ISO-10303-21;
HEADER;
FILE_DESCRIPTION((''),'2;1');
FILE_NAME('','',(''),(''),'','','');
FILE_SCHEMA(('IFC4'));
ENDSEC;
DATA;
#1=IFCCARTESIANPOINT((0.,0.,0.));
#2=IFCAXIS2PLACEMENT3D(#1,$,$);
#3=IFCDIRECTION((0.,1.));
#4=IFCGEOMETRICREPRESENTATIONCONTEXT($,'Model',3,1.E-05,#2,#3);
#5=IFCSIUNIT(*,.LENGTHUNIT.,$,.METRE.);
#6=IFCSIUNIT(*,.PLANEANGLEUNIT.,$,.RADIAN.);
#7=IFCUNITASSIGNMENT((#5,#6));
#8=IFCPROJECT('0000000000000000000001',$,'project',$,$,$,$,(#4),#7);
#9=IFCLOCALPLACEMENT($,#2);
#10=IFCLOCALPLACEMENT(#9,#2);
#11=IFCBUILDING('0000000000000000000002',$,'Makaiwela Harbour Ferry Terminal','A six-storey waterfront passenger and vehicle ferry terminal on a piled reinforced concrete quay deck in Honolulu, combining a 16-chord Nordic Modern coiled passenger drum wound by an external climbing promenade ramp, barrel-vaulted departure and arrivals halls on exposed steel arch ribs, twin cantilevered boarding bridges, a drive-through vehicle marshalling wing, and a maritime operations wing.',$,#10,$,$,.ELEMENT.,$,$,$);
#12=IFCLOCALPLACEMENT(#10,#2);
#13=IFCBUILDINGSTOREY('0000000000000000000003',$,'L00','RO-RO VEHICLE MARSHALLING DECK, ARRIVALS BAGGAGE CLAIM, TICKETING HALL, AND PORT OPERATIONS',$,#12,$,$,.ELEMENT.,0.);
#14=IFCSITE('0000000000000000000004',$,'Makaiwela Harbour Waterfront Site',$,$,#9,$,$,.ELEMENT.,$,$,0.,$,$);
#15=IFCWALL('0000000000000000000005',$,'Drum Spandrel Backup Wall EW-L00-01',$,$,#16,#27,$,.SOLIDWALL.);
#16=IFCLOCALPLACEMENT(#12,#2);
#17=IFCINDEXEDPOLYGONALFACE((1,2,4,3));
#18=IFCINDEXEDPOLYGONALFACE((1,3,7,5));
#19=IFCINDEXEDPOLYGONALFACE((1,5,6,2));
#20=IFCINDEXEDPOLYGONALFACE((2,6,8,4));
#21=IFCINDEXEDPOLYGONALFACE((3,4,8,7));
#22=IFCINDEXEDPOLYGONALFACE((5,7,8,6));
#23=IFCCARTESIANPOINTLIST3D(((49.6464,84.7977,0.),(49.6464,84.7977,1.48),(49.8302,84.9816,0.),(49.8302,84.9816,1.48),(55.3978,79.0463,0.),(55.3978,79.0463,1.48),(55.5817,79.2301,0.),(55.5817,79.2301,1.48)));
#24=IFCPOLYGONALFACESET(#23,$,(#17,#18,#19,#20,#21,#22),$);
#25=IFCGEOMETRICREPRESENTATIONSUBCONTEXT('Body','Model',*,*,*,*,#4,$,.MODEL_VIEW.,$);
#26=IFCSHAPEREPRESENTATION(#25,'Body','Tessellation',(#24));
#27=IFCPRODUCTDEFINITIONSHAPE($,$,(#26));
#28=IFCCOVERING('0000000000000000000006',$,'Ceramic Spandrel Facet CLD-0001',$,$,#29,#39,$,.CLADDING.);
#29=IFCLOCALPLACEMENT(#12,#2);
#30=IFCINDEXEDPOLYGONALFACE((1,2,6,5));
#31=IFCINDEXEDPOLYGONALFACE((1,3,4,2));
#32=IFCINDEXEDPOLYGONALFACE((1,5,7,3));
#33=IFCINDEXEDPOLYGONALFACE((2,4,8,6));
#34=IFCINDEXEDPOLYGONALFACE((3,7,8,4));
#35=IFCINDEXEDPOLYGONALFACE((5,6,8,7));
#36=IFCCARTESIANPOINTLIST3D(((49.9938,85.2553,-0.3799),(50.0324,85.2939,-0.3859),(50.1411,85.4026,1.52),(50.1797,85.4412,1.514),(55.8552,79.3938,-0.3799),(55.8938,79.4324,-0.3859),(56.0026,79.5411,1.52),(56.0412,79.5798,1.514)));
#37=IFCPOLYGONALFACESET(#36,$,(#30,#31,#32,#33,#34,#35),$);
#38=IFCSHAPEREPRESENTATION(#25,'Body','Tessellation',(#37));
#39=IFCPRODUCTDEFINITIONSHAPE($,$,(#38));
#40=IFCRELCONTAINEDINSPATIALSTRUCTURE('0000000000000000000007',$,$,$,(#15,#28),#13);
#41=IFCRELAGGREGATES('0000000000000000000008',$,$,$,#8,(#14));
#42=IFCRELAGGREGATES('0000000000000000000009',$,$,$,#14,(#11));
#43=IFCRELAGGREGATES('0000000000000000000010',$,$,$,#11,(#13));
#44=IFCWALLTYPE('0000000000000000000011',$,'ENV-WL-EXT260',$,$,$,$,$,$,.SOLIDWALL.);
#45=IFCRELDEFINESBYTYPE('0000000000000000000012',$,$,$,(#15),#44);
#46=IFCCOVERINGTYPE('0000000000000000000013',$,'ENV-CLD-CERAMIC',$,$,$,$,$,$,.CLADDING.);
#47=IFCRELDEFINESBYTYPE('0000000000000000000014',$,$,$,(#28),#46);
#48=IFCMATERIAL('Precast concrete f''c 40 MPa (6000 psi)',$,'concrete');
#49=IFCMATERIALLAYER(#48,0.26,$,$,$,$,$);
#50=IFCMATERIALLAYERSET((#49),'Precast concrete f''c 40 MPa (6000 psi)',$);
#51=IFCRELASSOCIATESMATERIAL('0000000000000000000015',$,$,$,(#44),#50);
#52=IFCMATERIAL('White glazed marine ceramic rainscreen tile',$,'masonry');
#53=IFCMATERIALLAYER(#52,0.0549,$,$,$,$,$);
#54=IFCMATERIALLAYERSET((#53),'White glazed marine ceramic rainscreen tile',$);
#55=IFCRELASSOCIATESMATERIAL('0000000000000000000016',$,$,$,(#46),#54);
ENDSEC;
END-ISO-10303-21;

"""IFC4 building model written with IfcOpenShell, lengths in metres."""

from ifc_helpers import new_model, si_unit, direction, frame, frame_2d, origin, place, context, subcontext, project, spatial, polyline, rectangle, outline, extrude, material, layer, layer_set, type_object, element, save


model = new_model("IFC4")

# Units and contexts
model_context = context("Model", 3, precision=1e-05, world=origin(), true_north=direction((0.0, 1.0)))
body_context = subcontext(model_context, "Body", "Model", "MODEL_VIEW")
ifc_project = project(units=[si_unit("LENGTHUNIT", "METRE"), si_unit("PLANEANGLEUNIT", "RADIAN")], contexts=[model_context])

# Site, building, storey
site_placement = place(None, origin())
site = spatial("IfcSite", under=ifc_project, at=site_placement, Name="Makaiwela Harbour Waterfront Site", CompositionType="ELEMENT", RefElevation=0.0)
building_placement = place(site_placement, origin())
building = spatial("IfcBuilding", under=site, at=building_placement, Name="Makaiwela Harbour Ferry Terminal", Description="A six-storey waterfront passenger and vehicle ferry terminal on a piled reinforced concrete quay deck in Honolulu, combining a 16-chord Nordic Modern coiled passenger drum wound by an external climbing promenade ramp, barrel-vaulted departure and arrivals halls on exposed steel arch ribs, twin cantilevered boarding bridges, a drive-through vehicle marshalling wing, and a maritime operations wing.", CompositionType="ELEMENT")
storey_placement = place(building_placement, origin())
storey = spatial("IfcBuildingStorey", under=building, at=storey_placement, Name="L00", Description="RO-RO VEHICLE MARSHALLING DECK, ARRIVALS BAGGAGE CLAIM, TICKETING HALL, AND PORT OPERATIONS", CompositionType="ELEMENT", Elevation=0.0)

# Wall
ifc_material_1 = material(Name="Precast concrete f'c 40 MPa (6000 psi)", Category="concrete")
ifc_layer_1 = layer(ifc_material_1, 0.26)
ifc_layer_set_1 = layer_set([ifc_layer_1], Name="Precast concrete f'c 40 MPa (6000 psi)")
wall_type = type_object("IfcWallType", Name="ENV-WL-EXT260", PredefinedType="SOLIDWALL", material=ifc_layer_set_1)
wall_placement = place(storey_placement, frame((55.4897, 79.1382, 0.0), z_axis=(0.0, 0.0, 1.0), x_axis=(-0.707107, 0.707107, 0.0)))
element("IfcWall", 1, at=wall_placement, inside=storey, type_object=wall_type, Name="Drum Spandrel Backup Wall EW-L00-01", PredefinedType="SOLIDWALL", context=body_context, shape_type="SweptSolid", body=[
    extrude(rectangle(XDim=8.1338, YDim=0.26, at=frame_2d((4.0669, 0.0))), origin(), (0.0, 0.0, 1.0), 1.48),
])

# Covering
ifc_material_2 = material(Name="White glazed marine ceramic rainscreen tile", Category="masonry")
ifc_layer_2 = layer(ifc_material_2, 0.0549)
ifc_layer_set_2 = layer_set([ifc_layer_2], Name="White glazed marine ceramic rainscreen tile")
covering_type = type_object("IfcCoveringType", Name="ENV-CLD-CERAMIC", PredefinedType="CLADDING", material=ifc_layer_set_2)
covering_placement = place(storey_placement, frame((55.8552, 79.3938, -0.3799), z_axis=(-0.702892, -0.702892, 0.10902), x_axis=(-0.707107, 0.707107, 0.000002)))
element("IfcCovering", 2, at=covering_placement, inside=storey, type_object=covering_type, Name="Ceramic Spandrel Facet CLD-0001", PredefinedType="CLADDING", context=body_context, shape_type="SweptSolid", body=[
    extrude(outline(polyline([(0.0, 0.0), (8.2893, 0.0), (8.2893, -1.9113), (0.0, -1.9113), (0.0, 0.0)])), origin(), (0.0, 0.0, -1.0), 0.0549),
])

save(model, "model.ifc")
